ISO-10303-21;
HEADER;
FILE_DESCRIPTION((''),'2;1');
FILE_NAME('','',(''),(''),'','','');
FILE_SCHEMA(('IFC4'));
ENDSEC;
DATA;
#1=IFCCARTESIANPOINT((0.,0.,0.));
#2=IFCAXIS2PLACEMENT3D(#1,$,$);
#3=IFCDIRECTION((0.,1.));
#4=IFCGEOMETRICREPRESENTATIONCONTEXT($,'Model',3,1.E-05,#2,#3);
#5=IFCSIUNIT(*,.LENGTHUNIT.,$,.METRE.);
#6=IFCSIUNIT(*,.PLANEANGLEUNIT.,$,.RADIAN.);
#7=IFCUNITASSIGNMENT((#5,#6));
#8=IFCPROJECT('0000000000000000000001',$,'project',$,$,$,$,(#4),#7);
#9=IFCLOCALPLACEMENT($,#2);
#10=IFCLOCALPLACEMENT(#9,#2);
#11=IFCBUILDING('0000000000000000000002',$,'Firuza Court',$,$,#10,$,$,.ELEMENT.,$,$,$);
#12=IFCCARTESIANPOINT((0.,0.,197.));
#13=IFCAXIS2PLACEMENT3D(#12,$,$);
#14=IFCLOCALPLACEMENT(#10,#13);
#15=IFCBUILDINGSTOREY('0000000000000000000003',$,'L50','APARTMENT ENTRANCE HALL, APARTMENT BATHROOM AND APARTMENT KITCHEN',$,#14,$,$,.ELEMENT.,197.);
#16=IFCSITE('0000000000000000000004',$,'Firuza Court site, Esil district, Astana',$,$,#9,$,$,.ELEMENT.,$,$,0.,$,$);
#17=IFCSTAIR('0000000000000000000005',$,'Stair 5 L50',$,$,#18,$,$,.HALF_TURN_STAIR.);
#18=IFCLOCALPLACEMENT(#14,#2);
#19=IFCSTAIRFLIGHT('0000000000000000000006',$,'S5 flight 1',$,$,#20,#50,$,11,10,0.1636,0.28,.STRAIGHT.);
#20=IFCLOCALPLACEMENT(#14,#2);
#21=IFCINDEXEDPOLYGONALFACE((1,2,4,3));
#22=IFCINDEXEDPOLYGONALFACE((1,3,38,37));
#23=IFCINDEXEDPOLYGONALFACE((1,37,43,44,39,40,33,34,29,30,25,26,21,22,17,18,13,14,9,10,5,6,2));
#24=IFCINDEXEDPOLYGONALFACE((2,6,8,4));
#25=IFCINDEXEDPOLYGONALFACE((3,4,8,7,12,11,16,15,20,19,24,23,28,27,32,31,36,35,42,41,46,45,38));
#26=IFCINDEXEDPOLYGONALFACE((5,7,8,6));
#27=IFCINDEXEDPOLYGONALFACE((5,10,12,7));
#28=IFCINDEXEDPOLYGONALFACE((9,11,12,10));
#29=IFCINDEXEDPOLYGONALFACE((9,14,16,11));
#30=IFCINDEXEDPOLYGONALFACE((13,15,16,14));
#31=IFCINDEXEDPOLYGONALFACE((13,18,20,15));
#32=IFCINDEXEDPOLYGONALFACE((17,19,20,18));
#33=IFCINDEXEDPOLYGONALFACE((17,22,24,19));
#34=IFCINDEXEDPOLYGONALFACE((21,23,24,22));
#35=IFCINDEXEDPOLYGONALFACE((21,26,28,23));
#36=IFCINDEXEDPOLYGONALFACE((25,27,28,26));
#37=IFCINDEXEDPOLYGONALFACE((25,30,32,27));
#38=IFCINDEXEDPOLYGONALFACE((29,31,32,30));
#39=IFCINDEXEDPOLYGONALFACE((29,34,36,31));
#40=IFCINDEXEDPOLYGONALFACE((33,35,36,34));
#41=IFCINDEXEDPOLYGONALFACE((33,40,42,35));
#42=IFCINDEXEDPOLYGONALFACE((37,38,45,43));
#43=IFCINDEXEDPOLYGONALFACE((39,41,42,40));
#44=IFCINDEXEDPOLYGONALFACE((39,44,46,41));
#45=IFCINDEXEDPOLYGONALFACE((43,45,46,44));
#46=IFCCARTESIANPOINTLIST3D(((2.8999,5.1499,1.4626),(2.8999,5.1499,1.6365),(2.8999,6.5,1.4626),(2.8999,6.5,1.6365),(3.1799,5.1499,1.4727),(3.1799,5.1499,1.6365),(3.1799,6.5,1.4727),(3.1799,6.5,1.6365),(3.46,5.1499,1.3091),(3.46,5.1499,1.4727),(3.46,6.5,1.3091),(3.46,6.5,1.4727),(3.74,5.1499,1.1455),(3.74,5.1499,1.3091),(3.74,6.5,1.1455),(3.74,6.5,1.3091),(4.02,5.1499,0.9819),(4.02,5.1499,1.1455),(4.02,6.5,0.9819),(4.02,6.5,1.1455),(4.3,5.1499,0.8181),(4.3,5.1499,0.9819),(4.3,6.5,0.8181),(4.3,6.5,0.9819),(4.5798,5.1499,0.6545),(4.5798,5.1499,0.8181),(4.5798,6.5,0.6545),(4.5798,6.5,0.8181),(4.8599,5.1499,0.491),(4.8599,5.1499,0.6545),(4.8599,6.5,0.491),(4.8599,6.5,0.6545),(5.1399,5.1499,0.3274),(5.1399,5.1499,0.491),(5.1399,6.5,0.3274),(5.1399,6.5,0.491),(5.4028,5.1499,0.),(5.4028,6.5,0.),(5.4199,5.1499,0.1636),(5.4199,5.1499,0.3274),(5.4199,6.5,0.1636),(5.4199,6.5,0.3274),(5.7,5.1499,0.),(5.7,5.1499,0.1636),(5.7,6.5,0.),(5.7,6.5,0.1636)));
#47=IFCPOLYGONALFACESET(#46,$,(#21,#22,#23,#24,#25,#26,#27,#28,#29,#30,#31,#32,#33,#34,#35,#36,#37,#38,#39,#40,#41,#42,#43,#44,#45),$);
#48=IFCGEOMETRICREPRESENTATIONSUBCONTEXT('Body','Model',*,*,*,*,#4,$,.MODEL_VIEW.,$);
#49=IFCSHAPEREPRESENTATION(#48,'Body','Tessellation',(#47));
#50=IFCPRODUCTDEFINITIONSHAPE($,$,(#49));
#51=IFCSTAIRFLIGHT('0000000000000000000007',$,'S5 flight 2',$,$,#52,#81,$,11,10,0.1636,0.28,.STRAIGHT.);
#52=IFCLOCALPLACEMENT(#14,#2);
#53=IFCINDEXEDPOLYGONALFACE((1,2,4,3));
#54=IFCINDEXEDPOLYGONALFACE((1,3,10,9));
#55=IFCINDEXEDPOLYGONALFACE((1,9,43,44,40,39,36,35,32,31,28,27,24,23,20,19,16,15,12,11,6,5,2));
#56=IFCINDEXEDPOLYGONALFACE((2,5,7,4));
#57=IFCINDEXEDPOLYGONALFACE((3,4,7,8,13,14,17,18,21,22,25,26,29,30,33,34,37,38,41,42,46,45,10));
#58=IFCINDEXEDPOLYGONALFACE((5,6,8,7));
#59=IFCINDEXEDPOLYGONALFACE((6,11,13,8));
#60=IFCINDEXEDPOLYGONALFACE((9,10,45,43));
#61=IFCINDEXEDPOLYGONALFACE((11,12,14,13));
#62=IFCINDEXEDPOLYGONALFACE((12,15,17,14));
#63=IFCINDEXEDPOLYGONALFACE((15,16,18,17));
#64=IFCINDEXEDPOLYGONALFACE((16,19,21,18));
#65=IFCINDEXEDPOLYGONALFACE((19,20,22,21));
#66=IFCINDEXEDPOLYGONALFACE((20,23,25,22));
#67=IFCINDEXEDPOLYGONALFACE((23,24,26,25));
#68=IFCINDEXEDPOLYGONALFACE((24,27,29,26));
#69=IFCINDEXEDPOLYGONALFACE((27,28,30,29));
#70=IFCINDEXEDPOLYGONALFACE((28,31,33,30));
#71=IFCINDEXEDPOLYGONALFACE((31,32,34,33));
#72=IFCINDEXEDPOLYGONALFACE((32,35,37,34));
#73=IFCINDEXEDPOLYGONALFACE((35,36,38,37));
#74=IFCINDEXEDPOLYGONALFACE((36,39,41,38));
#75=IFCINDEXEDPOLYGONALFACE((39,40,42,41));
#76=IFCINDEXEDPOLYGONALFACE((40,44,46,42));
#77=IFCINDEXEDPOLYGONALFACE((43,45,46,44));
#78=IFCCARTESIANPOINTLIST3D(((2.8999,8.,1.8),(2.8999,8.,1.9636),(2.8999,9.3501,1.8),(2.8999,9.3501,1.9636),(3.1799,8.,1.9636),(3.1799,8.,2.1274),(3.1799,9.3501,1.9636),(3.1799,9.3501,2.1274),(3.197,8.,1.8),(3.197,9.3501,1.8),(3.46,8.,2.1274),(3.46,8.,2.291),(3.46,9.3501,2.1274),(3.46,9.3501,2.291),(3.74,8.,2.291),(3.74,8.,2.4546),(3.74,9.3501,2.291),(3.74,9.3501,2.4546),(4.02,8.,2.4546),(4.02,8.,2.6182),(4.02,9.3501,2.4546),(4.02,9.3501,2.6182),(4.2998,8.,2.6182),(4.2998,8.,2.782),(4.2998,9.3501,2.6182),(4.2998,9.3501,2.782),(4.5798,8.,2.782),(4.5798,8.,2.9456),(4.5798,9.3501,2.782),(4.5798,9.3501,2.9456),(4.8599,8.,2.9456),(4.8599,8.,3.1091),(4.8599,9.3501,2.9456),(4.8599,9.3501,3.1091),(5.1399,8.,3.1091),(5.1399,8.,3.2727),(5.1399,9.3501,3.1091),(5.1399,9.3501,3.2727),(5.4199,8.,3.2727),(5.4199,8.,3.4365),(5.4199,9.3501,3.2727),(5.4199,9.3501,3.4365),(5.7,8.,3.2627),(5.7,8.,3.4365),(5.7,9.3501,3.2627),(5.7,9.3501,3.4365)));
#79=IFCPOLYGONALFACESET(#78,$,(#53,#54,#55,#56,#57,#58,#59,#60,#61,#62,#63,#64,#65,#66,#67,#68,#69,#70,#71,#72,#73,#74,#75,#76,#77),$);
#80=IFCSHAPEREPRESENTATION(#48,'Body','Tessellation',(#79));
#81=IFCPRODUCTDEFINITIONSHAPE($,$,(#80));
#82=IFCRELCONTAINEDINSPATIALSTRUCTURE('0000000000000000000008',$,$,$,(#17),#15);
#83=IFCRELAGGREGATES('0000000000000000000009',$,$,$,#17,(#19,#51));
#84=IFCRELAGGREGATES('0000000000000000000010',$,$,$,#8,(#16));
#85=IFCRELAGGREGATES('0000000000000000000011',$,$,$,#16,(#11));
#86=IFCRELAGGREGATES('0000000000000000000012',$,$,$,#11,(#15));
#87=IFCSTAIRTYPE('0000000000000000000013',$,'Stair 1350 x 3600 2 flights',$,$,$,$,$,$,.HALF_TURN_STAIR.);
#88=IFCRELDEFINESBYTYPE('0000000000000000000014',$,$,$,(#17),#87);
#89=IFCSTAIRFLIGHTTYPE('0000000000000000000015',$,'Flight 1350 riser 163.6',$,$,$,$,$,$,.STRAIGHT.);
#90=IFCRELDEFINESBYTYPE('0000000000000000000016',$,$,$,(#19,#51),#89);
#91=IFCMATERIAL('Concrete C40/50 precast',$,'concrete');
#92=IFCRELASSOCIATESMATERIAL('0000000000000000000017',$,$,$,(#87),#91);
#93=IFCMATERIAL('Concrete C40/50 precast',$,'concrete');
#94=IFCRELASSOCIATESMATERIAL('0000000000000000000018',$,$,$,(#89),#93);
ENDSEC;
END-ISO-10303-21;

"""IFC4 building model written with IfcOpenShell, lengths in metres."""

from ifc_helpers import new_model, si_unit, direction, frame, origin, place, context, subcontext, project, spatial, polyline, outline, extrude, material, type_object, element, aggregate, save


model = new_model("IFC4")

# Units and contexts
model_context = context("Model", 3, precision=1e-05, world=origin(), true_north=direction((0.0, 1.0)))
body_context = subcontext(model_context, "Body", "Model", "MODEL_VIEW")
ifc_project = project(units=[si_unit("LENGTHUNIT", "METRE"), si_unit("PLANEANGLEUNIT", "RADIAN")], contexts=[model_context])

# Site, building, storey
site_placement = place(None, origin())
site = spatial("IfcSite", under=ifc_project, at=site_placement, Name="Firuza Court site, Esil district, Astana", CompositionType="ELEMENT", RefElevation=0.0)
building_placement = place(site_placement, origin())
building = spatial("IfcBuilding", under=site, at=building_placement, Name="Firuza Court", CompositionType="ELEMENT")
storey_placement = place(building_placement, frame((0.0, 0.0, 197.0)))
storey = spatial("IfcBuildingStorey", under=building, at=storey_placement, Name="L50", Description="APARTMENT ENTRANCE HALL, APARTMENT BATHROOM AND APARTMENT KITCHEN", CompositionType="ELEMENT", Elevation=197.0)

# Stair, stair flights
ifc_material_1 = material(Name="Concrete C40/50 precast", Category="concrete")
stair_type = type_object("IfcStairType", Name="Stair 1350 x 3600 2 flights", PredefinedType="HALF_TURN_STAIR", material=ifc_material_1)
stair_placement = place(storey_placement, origin())
stair = element("IfcStair", 1, at=stair_placement, inside=storey, type_object=stair_type, Name="Stair 5 L50", PredefinedType="HALF_TURN_STAIR")
ifc_material_2 = material(Name="Concrete C40/50 precast", Category="concrete")
stair_flight_type = type_object("IfcStairFlightType", Name="Flight 1350 riser 163.6", PredefinedType="STRAIGHT", material=ifc_material_2)
stair_flight_1_placement = place(storey_placement, frame((5.7, 5.825, 0.0), z_axis=(0.0, 0.0, 1.0), x_axis=(-1.0, 0.0, 0.0)))
stair_flight_1 = element("IfcStairFlight", 2, at=stair_flight_1_placement, type_object=stair_flight_type, Name="S5 flight 1", NumberOfRisers=11, NumberOfTreads=10, PredefinedType="STRAIGHT", RiserHeight=0.1636, TreadLength=0.28, context=body_context, shape_type="SweptSolid", body=[
    extrude(outline(polyline([(0.0, 0.0), (0.0, 0.1636), (0.28, 0.1636), (0.28, 0.3274), (0.5601, 0.3274), (0.5601, 0.491), (0.8401, 0.491), (0.8401, 0.6545), (1.1201, 0.6545), (1.1201, 0.8181), (1.3999, 0.8181), (1.3999, 0.9819), (1.6799, 0.9819), (1.6799, 1.1455), (1.96, 1.1455), (1.96, 1.3091), (2.24, 1.3091), (2.24, 1.4727), (2.52, 1.4727), (2.52, 1.6365), (2.8, 1.6365), (2.8, 1.8), (2.8, 1.4626), (0.2971, 0.0), (0.0, 0.0)])), frame((0.0, 0.675, 0.0), z_axis=(0.0, -1.0, 0.0), x_axis=(1.0, 0.0, 0.0)), (0.0, 0.0, 1.0), 1.3501),
])
stair_flight_2_placement = place(storey_placement, frame((2.8999, 8.675, 1.8), z_axis=(0.0, 0.0, 1.0), x_axis=(1.0, 0.0, 0.0)))
stair_flight_2 = element("IfcStairFlight", 3, at=stair_flight_2_placement, type_object=stair_flight_type, Name="S5 flight 2", NumberOfRisers=11, NumberOfTreads=10, PredefinedType="STRAIGHT", RiserHeight=0.1636, TreadLength=0.28, context=body_context, shape_type="SweptSolid", body=[
    extrude(outline(polyline([(0.0, 0.0), (0.0, 0.1636), (0.28, 0.1636), (0.28, 0.3274), (0.5601, 0.3274), (0.5601, 0.491), (0.8401, 0.491), (0.8401, 0.6545), (1.1201, 0.6545), (1.1201, 0.8181), (1.3999, 0.8181), (1.3999, 0.9819), (1.6799, 0.9819), (1.6799, 1.1455), (1.96, 1.1455), (1.96, 1.3091), (2.24, 1.3091), (2.24, 1.4727), (2.52, 1.4727), (2.52, 1.6365), (2.8, 1.6365), (2.8, 1.8), (2.8, 1.4626), (0.2971, 0.0), (0.0, 0.0)])), frame((0.0, 0.675, 0.0), z_axis=(0.0, -1.0, 0.0), x_axis=(1.0, 0.0, 0.0)), (0.0, 0.0, 1.0), 1.3501),
])
aggregate(stair, [stair_flight_1, stair_flight_2])

save(model, "model.ifc")
